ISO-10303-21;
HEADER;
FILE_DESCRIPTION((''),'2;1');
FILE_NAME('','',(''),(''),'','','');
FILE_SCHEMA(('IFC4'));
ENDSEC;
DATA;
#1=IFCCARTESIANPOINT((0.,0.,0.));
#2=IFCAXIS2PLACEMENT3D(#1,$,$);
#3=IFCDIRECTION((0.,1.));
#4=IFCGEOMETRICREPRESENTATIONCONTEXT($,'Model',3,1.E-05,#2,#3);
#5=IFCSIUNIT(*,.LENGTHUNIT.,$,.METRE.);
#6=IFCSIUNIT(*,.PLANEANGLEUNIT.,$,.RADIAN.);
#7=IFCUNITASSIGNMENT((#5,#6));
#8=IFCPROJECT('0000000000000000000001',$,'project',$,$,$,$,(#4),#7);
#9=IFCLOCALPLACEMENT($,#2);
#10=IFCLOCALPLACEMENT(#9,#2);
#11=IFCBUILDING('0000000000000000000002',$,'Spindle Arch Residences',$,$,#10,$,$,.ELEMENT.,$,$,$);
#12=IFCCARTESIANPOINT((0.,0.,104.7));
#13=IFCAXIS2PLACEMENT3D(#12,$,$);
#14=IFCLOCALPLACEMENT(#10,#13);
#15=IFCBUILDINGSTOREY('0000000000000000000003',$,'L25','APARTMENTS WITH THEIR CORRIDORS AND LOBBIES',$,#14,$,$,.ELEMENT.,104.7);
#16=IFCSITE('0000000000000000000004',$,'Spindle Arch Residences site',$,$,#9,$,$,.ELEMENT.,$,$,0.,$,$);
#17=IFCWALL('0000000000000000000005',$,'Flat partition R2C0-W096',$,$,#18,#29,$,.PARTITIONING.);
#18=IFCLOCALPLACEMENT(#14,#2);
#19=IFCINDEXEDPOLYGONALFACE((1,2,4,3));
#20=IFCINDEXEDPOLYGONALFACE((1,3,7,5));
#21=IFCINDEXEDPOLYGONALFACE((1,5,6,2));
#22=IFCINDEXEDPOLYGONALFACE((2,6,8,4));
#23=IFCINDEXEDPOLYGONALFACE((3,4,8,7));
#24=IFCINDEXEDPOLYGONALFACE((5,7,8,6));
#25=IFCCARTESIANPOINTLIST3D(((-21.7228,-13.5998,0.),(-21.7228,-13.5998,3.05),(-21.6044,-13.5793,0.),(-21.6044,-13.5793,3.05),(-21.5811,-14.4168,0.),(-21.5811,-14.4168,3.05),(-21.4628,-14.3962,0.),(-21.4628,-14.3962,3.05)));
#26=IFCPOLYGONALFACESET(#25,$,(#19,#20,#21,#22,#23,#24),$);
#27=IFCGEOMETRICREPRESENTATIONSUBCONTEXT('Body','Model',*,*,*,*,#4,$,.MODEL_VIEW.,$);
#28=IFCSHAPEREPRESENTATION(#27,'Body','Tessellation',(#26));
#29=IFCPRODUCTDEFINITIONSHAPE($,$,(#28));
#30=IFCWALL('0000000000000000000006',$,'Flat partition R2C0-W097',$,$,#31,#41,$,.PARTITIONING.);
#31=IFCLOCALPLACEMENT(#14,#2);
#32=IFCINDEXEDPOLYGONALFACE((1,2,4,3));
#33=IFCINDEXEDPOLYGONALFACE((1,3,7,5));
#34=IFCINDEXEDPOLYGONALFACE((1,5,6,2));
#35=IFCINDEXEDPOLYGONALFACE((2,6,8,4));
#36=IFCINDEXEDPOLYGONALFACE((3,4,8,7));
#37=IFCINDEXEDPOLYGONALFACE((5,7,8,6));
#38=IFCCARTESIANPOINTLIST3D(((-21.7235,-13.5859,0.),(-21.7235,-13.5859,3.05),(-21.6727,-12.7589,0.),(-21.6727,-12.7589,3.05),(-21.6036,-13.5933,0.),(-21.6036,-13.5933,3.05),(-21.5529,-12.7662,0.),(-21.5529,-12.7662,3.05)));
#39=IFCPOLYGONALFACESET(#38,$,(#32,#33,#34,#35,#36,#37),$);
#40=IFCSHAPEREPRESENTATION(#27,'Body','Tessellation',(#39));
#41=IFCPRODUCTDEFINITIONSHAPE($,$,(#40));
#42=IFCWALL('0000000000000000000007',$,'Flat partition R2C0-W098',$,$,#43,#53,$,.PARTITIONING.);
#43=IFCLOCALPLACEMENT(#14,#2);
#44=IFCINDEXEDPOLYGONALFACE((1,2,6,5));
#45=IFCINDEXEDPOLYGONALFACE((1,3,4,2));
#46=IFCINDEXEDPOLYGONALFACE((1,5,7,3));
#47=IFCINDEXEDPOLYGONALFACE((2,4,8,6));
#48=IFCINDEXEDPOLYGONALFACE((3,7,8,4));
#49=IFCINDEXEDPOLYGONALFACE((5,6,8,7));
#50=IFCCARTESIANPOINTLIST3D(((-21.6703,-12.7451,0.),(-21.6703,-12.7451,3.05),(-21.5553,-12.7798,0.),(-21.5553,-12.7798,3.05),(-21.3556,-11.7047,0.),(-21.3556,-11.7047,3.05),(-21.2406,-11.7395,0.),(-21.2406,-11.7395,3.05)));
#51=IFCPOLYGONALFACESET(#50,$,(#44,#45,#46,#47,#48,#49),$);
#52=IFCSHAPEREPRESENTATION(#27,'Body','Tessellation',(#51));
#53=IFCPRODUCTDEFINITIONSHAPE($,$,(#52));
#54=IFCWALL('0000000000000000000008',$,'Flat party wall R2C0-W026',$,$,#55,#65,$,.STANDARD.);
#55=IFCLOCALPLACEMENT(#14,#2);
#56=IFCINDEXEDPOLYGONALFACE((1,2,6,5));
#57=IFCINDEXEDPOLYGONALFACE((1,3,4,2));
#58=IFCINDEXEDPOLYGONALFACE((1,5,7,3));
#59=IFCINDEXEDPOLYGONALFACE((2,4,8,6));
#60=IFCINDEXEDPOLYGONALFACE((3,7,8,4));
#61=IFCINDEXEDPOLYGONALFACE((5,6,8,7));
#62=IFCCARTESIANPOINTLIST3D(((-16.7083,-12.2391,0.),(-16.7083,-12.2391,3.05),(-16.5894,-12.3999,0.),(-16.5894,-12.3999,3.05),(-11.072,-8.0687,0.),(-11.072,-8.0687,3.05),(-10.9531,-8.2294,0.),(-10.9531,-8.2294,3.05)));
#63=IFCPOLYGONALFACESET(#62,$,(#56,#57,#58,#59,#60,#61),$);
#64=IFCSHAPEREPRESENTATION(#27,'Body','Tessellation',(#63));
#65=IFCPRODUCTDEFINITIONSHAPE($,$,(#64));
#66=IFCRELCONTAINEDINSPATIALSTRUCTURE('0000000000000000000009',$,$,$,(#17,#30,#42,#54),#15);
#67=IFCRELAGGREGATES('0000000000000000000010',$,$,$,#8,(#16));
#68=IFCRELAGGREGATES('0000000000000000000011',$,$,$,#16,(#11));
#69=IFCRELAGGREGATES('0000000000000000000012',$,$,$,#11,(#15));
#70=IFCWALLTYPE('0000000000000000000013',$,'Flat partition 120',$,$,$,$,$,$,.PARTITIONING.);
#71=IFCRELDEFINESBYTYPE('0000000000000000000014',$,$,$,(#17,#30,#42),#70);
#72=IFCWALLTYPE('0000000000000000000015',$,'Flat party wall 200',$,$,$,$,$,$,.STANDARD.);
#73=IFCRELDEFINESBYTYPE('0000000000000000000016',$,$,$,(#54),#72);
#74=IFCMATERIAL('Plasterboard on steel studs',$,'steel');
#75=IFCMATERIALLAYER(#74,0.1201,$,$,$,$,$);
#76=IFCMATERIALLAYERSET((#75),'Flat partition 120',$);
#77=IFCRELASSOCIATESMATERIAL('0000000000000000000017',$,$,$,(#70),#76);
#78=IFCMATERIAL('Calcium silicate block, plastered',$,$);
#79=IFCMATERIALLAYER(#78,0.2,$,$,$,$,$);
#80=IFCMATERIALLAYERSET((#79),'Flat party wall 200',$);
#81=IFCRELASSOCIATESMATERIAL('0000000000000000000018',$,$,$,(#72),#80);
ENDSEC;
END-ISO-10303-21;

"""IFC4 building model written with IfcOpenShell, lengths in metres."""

from ifc_helpers import new_model, si_unit, direction, frame, frame_2d, origin, place, context, subcontext, project, spatial, rectangle, extrude, material, layer, layer_set, type_object, element, save


model = new_model("IFC4")

# Units and contexts
model_context = context("Model", 3, precision=1e-05, world=origin(), true_north=direction((0.0, 1.0)))
body_context = subcontext(model_context, "Body", "Model", "MODEL_VIEW")
ifc_project = project(units=[si_unit("LENGTHUNIT", "METRE"), si_unit("PLANEANGLEUNIT", "RADIAN")], contexts=[model_context])

# Site, building, storey
site_placement = place(None, origin())
site = spatial("IfcSite", under=ifc_project, at=site_placement, Name="Spindle Arch Residences site", CompositionType="ELEMENT", RefElevation=0.0)
building_placement = place(site_placement, origin())
building = spatial("IfcBuilding", under=site, at=building_placement, Name="Spindle Arch Residences", CompositionType="ELEMENT")
storey_placement = place(building_placement, frame((0.0, 0.0, 104.7)))
storey = spatial("IfcBuildingStorey", under=building, at=storey_placement, Name="L25", Description="APARTMENTS WITH THEIR CORRIDORS AND LOBBIES", CompositionType="ELEMENT", Elevation=104.7)

# Shared definitions
ifc_material_1 = material(Name="Plasterboard on steel studs", Category="steel")
ifc_layer_1 = layer(ifc_material_1, 0.1201)
ifc_layer_set_1 = layer_set([ifc_layer_1], Name="Flat partition 120")
wall_type_1 = type_object("IfcWallType", Name="Flat partition 120", PredefinedType="PARTITIONING", material=ifc_layer_set_1)

# Walls
wall_1_placement = place(storey_placement, frame((-21.522, -14.4065, 0.0), z_axis=(0.0, 0.0, 1.0), x_axis=(-0.170794, 0.985307, 0.0)))
element("IfcWall", 1, at=wall_1_placement, inside=storey, type_object=wall_type_1, Name="Flat partition R2C0-W096", PredefinedType="PARTITIONING", context=body_context, shape_type="SweptSolid", body=[
    extrude(rectangle(XDim=0.8291, YDim=0.1201, at=frame_2d((0.4146, 0.0))), origin(), (0.0, 0.0, 1.0), 3.05),
])
wall_2_placement = place(storey_placement, frame((-21.6636, -13.5896, 0.0), z_axis=(0.0, 0.0, 1.0), x_axis=(0.061278, 0.998121, 0.0)))
element("IfcWall", 2, at=wall_2_placement, inside=storey, type_object=wall_type_1, Name="Flat partition R2C0-W097", PredefinedType="PARTITIONING", context=body_context, shape_type="SweptSolid", body=[
    extrude(rectangle(XDim=0.8286, YDim=0.1201, at=frame_2d((0.4143, 0.0))), origin(), (0.0, 0.0, 1.0), 3.05),
])
wall_3_placement = place(storey_placement, frame((-21.6128, -12.7625, 0.0), z_axis=(0.0, 0.0, 1.0), x_axis=(0.289552, 0.957162, 0.0)))
element("IfcWall", 3, at=wall_3_placement, inside=storey, type_object=wall_type_1, Name="Flat partition R2C0-W098", PredefinedType="PARTITIONING", context=body_context, shape_type="SweptSolid", body=[
    extrude(rectangle(XDim=1.0869, YDim=0.1201, at=frame_2d((0.5435, 0.0))), origin(), (0.0, 0.0, 1.0), 3.05),
])
ifc_material_2 = material(Name="Calcium silicate block, plastered")
ifc_layer_2 = layer(ifc_material_2, 0.2)
ifc_layer_set_2 = layer_set([ifc_layer_2], Name="Flat party wall 200")
wall_type_2 = type_object("IfcWallType", Name="Flat party wall 200", PredefinedType="STANDARD", material=ifc_layer_set_2)
wall_4_placement = place(storey_placement, frame((-16.6489, -12.3196, 0.0), z_axis=(0.0, 0.0, 1.0), x_axis=(0.803869, 0.594806, 0.0)))
element("IfcWall", 4, at=wall_4_placement, inside=storey, type_object=wall_type_2, Name="Flat party wall R2C0-W026", PredefinedType="STANDARD", context=body_context, shape_type="SweptSolid", body=[
    extrude(rectangle(XDim=7.0115, YDim=0.2, at=frame_2d((3.5059, 0.0))), origin(), (0.0, 0.0, 1.0), 3.05),
])

save(model, "model.ifc")
